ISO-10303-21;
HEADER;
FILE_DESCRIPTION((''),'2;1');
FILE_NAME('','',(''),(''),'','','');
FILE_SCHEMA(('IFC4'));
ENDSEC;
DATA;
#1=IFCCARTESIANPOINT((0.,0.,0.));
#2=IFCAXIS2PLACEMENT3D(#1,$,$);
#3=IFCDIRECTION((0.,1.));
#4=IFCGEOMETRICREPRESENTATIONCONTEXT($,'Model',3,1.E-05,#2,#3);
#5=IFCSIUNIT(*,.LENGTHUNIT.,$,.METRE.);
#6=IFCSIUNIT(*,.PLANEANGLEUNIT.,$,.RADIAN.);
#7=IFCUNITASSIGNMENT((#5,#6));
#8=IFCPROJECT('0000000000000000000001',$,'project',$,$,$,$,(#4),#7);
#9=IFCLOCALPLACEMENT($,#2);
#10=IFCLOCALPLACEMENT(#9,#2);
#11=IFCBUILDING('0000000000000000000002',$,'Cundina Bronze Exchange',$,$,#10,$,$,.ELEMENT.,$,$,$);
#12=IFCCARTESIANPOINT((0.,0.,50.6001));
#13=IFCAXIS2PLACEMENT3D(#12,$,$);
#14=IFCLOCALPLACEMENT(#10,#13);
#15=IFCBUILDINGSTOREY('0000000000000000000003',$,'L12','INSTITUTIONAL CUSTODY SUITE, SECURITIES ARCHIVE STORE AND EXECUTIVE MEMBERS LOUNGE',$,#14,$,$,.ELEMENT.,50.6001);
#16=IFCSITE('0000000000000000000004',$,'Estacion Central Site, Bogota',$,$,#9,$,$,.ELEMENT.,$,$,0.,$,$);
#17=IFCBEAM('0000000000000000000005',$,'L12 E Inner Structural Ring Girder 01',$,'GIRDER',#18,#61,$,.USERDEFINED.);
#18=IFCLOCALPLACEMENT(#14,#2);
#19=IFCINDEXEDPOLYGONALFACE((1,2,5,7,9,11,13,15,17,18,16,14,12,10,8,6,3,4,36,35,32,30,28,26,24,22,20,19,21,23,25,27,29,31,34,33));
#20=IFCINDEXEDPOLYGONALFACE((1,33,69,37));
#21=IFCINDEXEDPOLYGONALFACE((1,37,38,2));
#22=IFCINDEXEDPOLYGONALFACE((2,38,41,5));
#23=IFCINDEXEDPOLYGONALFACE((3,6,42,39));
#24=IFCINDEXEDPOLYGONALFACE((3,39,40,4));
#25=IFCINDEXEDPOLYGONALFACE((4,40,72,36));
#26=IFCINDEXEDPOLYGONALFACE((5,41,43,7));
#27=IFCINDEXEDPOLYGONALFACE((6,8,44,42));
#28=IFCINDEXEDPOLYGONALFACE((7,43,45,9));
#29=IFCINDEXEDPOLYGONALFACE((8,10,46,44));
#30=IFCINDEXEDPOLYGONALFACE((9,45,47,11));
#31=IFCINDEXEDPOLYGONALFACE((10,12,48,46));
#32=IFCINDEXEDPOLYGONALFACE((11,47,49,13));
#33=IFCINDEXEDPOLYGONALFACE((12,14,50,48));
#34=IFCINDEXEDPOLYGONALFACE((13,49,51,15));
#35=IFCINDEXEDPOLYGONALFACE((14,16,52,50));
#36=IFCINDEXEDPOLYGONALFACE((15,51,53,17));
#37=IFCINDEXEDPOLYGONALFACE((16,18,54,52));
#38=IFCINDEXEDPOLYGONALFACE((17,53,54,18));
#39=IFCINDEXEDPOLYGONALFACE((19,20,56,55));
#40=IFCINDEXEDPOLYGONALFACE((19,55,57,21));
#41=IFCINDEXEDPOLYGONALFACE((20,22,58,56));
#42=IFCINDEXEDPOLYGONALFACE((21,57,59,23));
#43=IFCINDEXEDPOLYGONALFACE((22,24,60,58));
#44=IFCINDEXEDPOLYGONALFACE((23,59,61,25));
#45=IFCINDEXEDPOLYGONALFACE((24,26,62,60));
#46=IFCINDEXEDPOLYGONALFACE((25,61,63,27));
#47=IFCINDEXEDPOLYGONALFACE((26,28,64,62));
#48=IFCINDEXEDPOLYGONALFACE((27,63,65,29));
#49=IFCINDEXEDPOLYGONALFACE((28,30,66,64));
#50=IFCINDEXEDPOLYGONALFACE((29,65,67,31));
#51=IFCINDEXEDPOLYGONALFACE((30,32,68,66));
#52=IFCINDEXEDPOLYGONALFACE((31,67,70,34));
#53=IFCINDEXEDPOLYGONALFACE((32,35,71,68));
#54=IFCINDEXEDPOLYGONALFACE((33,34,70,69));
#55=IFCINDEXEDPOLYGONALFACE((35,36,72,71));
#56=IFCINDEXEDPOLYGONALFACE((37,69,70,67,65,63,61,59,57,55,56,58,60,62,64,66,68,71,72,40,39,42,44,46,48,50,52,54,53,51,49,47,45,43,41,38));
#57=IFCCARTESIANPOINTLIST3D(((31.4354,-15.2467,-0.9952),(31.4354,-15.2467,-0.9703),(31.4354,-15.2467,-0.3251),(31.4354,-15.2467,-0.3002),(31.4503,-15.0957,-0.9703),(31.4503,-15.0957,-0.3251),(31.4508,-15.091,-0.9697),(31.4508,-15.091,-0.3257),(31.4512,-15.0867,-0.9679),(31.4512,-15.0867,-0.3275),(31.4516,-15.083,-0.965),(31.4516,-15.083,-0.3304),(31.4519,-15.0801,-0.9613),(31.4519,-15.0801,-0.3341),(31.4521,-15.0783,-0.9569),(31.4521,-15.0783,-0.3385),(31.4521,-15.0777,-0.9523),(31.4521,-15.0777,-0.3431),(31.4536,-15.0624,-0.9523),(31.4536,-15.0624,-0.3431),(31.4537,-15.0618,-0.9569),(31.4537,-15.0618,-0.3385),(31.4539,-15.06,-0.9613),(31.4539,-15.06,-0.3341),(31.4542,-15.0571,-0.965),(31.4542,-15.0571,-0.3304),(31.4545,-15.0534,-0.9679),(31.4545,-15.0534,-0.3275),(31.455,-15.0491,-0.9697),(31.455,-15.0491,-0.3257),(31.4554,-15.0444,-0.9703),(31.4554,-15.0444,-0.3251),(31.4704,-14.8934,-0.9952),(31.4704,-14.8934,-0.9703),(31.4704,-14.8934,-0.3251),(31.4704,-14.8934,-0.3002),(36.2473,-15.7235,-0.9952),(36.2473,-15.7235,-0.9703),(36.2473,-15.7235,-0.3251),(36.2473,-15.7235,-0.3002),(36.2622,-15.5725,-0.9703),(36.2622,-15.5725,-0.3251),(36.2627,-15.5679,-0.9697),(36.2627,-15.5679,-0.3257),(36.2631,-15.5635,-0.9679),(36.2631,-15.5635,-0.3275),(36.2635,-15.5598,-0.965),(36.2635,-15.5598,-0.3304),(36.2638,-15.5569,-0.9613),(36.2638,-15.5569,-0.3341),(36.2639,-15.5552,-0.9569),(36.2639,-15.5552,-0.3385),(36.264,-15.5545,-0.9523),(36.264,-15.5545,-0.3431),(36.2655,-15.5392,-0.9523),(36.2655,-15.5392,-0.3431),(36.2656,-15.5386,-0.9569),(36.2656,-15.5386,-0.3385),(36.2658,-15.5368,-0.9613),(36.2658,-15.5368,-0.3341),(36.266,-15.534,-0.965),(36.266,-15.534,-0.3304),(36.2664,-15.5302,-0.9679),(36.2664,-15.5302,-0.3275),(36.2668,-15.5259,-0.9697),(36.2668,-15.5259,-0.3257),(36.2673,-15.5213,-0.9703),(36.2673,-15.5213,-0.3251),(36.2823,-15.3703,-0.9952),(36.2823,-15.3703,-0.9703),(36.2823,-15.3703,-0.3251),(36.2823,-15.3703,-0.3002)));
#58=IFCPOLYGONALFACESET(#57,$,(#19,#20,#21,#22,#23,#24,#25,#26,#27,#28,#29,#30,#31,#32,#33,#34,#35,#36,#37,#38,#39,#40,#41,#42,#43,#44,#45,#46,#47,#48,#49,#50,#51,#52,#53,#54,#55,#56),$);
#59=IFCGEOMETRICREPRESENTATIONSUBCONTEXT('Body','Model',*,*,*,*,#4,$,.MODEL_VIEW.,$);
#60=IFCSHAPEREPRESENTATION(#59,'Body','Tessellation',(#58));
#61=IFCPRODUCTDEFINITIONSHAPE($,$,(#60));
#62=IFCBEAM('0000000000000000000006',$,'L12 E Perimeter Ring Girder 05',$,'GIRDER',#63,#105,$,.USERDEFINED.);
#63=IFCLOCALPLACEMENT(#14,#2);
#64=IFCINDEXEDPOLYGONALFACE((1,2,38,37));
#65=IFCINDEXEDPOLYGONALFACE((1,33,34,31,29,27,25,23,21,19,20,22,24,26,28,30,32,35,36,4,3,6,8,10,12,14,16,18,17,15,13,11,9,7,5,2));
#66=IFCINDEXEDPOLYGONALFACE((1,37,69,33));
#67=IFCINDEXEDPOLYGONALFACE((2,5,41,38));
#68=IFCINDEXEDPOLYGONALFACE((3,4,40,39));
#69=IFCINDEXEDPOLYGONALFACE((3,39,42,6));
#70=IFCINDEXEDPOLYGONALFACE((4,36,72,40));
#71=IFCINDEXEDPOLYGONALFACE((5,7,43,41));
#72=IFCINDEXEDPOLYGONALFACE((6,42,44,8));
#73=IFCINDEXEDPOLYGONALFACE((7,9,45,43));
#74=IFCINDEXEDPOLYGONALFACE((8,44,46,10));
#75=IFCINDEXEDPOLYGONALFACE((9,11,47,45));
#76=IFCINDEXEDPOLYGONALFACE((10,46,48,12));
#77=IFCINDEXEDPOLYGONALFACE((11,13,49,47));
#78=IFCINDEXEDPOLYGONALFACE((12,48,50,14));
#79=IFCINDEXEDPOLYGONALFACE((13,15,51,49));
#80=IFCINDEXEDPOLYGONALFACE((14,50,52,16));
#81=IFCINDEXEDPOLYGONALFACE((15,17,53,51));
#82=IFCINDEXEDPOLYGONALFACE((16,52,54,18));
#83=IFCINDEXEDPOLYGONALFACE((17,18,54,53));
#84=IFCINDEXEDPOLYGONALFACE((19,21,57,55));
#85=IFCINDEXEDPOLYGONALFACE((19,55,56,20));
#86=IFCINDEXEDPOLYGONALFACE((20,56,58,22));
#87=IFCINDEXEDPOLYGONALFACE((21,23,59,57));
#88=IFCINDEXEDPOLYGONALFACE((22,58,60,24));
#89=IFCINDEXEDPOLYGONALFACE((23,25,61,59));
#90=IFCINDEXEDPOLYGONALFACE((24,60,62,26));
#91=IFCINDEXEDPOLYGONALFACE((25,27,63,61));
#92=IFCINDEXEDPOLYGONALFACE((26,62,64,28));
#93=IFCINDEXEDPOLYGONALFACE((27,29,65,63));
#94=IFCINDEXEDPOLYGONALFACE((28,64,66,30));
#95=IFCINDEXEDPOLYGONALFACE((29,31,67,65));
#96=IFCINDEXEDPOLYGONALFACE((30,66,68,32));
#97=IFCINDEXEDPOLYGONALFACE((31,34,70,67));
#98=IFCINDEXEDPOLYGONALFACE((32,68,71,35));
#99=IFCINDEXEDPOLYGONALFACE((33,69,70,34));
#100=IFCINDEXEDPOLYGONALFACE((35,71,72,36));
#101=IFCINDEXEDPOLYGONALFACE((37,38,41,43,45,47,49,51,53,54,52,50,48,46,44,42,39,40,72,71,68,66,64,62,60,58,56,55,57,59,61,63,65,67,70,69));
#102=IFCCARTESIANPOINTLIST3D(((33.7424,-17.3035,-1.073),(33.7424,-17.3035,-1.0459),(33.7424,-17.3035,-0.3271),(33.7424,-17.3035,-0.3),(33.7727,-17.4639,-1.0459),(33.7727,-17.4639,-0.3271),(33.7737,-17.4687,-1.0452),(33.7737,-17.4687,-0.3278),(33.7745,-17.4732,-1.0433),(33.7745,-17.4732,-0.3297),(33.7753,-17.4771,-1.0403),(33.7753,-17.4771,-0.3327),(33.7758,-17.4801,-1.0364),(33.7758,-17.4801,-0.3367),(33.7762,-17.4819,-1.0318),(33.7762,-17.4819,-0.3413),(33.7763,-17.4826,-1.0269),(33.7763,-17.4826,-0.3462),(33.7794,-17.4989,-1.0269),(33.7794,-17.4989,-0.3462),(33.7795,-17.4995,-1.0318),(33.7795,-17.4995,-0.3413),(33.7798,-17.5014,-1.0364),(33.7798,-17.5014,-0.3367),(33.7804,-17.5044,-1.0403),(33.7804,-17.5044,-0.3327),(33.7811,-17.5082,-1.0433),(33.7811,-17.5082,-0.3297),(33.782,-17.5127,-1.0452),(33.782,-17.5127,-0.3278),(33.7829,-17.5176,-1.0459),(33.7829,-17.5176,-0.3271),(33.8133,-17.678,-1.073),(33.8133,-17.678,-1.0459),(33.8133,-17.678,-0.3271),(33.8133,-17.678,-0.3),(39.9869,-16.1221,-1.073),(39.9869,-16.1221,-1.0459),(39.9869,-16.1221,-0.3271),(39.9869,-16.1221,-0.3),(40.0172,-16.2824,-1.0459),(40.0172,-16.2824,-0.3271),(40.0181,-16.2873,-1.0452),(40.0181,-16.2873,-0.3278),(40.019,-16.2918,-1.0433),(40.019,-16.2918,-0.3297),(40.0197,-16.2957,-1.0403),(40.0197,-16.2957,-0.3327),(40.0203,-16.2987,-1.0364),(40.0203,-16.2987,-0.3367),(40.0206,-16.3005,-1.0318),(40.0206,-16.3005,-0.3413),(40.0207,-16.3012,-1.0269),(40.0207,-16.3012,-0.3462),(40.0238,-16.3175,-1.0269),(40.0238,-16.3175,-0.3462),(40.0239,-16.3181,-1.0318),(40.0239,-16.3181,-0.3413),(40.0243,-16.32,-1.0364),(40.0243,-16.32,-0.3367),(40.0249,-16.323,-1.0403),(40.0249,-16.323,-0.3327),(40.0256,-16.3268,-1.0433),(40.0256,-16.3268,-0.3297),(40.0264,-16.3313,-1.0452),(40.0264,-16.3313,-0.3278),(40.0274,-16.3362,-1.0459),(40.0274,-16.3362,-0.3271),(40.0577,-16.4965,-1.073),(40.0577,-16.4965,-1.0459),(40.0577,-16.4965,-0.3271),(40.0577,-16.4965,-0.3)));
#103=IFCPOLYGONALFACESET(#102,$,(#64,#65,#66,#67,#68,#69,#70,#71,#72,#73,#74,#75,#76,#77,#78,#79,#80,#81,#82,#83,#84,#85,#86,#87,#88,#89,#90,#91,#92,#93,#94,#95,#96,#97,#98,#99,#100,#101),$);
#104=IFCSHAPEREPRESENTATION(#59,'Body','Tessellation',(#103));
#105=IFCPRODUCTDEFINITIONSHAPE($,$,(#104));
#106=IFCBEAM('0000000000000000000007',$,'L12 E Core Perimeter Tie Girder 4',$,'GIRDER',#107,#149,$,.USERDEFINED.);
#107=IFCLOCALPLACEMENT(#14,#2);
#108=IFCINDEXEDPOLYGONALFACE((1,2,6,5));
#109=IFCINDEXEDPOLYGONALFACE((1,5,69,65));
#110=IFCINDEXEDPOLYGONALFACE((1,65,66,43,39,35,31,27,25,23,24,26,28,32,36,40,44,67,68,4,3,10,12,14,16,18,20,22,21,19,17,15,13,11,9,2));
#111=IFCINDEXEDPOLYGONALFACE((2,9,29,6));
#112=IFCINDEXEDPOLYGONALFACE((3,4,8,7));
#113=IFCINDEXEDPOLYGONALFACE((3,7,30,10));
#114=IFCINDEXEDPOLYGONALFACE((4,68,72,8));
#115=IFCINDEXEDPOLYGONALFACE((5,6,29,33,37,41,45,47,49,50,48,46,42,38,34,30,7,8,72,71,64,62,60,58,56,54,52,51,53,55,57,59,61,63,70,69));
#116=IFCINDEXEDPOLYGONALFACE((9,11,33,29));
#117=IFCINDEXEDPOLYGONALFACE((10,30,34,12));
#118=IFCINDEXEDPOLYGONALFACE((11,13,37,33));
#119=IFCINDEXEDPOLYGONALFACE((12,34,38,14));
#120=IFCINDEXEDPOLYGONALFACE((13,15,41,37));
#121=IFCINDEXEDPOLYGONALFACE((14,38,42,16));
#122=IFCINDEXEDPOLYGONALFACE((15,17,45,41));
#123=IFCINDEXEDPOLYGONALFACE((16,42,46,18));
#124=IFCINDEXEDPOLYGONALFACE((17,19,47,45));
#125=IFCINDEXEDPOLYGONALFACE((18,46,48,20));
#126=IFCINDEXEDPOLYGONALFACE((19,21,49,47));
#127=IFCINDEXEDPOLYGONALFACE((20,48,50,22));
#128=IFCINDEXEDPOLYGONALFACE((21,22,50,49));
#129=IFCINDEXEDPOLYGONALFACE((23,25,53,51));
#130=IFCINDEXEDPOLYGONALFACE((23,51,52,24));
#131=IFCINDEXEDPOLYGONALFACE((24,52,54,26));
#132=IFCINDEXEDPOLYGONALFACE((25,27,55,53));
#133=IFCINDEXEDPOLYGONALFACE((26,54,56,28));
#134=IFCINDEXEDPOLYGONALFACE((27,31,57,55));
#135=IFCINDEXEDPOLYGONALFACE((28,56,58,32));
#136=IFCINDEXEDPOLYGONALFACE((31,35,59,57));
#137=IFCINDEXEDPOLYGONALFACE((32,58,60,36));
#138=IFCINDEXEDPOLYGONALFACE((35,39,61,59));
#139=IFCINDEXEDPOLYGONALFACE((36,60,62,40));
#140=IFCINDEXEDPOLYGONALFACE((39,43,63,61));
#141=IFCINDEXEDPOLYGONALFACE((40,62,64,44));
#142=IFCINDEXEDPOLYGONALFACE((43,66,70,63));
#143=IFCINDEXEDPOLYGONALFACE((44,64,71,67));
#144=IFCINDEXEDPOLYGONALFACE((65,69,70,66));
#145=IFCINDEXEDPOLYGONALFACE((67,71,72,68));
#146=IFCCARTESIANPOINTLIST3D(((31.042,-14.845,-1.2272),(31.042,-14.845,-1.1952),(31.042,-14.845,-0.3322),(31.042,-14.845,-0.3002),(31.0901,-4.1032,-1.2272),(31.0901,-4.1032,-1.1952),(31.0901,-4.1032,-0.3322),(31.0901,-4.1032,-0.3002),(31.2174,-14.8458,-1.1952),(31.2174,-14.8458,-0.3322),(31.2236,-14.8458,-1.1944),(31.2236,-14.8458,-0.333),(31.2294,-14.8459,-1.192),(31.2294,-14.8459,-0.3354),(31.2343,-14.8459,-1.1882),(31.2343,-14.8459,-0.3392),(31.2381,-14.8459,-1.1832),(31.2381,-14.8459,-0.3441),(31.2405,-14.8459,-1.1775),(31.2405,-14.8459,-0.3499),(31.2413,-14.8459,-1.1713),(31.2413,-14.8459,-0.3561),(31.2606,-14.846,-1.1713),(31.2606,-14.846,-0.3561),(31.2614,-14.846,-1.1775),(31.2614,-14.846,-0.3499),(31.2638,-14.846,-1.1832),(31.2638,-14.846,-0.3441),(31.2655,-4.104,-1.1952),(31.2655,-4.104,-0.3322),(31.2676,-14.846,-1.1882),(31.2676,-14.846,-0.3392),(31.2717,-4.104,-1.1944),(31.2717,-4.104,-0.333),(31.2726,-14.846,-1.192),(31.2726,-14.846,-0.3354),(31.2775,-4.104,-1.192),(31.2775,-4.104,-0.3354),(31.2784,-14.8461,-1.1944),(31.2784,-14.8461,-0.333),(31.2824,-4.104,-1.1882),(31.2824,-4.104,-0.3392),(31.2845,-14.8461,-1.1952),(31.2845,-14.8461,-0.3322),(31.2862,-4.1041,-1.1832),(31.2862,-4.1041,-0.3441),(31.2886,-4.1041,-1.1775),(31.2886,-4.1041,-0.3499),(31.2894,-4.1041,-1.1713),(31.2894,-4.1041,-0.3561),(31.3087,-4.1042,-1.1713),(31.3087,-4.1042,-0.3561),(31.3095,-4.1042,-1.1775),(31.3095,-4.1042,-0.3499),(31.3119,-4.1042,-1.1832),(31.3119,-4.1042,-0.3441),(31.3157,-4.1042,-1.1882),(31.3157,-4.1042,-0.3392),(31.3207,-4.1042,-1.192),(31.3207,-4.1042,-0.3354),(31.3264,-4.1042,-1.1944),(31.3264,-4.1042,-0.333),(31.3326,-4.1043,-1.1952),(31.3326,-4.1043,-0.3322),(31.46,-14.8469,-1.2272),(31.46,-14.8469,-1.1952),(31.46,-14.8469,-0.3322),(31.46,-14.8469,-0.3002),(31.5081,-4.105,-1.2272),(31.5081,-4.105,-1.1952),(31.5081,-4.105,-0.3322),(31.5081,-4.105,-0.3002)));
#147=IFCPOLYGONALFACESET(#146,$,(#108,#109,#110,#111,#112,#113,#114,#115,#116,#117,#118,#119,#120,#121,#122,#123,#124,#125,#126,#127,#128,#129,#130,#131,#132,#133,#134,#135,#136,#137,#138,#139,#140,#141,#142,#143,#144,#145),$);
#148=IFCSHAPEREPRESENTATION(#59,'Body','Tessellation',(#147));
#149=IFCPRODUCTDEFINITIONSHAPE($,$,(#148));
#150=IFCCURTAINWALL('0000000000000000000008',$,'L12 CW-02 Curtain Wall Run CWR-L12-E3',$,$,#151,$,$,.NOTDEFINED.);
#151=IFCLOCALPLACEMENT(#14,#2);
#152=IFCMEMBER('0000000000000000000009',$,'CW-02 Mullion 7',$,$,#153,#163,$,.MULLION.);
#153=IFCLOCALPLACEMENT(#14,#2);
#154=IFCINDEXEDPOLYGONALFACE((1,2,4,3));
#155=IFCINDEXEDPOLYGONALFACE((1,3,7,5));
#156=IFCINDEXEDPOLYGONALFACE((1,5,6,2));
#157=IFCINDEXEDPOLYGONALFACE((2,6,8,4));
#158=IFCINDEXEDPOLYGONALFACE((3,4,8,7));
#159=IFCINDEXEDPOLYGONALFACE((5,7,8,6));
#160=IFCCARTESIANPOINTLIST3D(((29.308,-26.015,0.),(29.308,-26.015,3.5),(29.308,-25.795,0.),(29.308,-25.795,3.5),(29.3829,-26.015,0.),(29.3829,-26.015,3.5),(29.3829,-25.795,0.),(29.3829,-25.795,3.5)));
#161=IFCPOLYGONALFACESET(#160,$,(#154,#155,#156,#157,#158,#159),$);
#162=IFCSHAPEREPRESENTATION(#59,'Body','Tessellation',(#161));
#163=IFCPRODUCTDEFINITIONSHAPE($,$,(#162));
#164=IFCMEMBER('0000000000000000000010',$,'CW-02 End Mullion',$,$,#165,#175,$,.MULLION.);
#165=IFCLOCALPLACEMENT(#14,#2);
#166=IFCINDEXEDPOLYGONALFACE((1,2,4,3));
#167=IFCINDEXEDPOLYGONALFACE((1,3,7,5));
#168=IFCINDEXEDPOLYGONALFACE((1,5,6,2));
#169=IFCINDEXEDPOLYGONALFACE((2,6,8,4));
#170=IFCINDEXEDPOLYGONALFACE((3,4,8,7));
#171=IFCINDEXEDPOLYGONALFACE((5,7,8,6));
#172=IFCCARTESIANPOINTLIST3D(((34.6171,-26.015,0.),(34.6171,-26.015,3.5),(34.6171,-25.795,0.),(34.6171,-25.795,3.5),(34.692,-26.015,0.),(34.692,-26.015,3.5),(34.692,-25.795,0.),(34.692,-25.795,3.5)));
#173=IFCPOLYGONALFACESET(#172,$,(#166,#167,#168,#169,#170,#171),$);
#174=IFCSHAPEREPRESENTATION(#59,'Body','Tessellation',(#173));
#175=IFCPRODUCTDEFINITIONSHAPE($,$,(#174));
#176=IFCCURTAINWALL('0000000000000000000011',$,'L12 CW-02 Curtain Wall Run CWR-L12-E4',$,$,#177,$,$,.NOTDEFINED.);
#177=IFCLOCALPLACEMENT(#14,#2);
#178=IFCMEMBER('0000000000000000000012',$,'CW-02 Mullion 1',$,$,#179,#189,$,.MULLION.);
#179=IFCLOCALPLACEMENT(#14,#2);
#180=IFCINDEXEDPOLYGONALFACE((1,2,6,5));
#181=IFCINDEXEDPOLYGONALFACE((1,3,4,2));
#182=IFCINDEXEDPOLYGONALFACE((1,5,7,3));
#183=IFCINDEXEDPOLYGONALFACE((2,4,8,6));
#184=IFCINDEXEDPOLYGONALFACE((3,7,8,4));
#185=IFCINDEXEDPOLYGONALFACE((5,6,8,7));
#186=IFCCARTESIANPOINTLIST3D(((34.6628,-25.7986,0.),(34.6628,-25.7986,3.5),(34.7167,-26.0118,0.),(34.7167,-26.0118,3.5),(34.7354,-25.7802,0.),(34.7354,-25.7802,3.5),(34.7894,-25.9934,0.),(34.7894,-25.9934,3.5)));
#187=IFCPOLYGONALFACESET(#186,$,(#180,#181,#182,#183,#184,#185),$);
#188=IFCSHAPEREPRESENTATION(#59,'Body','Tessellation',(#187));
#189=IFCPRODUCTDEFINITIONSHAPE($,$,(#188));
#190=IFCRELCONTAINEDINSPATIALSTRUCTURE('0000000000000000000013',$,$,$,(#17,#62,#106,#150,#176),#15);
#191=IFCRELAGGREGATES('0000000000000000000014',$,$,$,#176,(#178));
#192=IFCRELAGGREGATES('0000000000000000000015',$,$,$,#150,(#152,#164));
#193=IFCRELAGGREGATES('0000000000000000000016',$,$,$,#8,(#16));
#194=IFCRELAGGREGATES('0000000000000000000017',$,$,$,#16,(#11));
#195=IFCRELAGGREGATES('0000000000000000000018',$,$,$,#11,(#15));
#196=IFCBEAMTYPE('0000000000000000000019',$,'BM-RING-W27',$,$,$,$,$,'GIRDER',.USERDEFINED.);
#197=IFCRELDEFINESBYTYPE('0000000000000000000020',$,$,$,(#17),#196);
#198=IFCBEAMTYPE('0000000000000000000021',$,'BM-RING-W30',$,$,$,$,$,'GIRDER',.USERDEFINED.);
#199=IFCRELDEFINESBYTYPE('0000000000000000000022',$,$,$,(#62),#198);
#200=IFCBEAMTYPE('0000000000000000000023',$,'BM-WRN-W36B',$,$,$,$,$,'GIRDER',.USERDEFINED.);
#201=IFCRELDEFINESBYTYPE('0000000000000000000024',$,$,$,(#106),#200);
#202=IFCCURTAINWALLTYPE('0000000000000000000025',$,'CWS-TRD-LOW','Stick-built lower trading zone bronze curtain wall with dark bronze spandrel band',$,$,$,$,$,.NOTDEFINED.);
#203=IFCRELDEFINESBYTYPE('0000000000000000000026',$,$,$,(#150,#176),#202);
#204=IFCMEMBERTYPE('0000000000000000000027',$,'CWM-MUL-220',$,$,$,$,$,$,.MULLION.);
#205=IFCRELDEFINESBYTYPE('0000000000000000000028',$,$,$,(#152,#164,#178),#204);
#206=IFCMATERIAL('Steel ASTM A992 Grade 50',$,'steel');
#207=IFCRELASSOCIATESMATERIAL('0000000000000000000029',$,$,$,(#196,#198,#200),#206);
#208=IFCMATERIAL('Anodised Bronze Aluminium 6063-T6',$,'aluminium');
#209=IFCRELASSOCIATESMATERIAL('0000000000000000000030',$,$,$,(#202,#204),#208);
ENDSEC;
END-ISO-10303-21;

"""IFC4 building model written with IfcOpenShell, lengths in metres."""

from ifc_helpers import new_model, si_unit, direction, frame, origin, origin_2d, place, context, subcontext, project, spatial, rectangle, i_section, extrude, material, material_profile, profile_set, type_object, element, aggregate, save


model = new_model("IFC4")

# Units and contexts
model_context = context("Model", 3, precision=1e-05, world=origin(), true_north=direction((0.0, 1.0)))
body_context = subcontext(model_context, "Body", "Model", "MODEL_VIEW")
ifc_project = project(units=[si_unit("LENGTHUNIT", "METRE"), si_unit("PLANEANGLEUNIT", "RADIAN")], contexts=[model_context])

# Site, building, storey
site_placement = place(None, origin())
site = spatial("IfcSite", under=ifc_project, at=site_placement, Name="Estacion Central Site, Bogota", CompositionType="ELEMENT", RefElevation=0.0)
building_placement = place(site_placement, origin())
building = spatial("IfcBuilding", under=site, at=building_placement, Name="Cundina Bronze Exchange", CompositionType="ELEMENT")
storey_placement = place(building_placement, frame((0.0, 0.0, 50.6001)))
storey = spatial("IfcBuildingStorey", under=building, at=storey_placement, Name="L12", Description="INSTITUTIONAL CUSTODY SUITE, SECURITIES ARCHIVE STORE AND EXECUTIVE MEMBERS LOUNGE", CompositionType="ELEMENT", Elevation=50.6001)

# Shared definitions
ifc_material_1 = material(Name="Steel ASTM A992 Grade 50", Category="steel")

# Beams
ifc_material_profile_1 = material_profile(ifc_material_1, i_section(OverallWidth=0.355, OverallDepth=0.6951, WebThickness=0.0154, FlangeThickness=0.0249, FilletRadius=0.0181, at=origin_2d()), Name="W27X146", Category="steel")
ifc_profile_set_1 = profile_set([ifc_material_profile_1], Name="Steel ASTM A992 Grade 50")
beam_type_1 = type_object("IfcBeamType", Name="BM-RING-W27", ElementType="GIRDER", PredefinedType="USERDEFINED", material=ifc_profile_set_1)
beam_1_placement = place(storey_placement, frame((31.4529, -15.0701, -0.6477), z_axis=(0.995126, -0.098609, 0.0), x_axis=(0.098609, 0.995126, 0.0)))
element("IfcBeam", 1, at=beam_1_placement, inside=storey, type_object=beam_type_1, Name="L12 E Inner Structural Ring Girder 01", ObjectType="GIRDER", PredefinedType="USERDEFINED", context=body_context, shape_type="SweptSolid", body=[
    extrude(i_section(OverallWidth=0.355, OverallDepth=0.6951, WebThickness=0.0154, FlangeThickness=0.0249, FilletRadius=0.0181, at=origin_2d()), origin(), (0.0, 0.0, 1.0), 4.8354),
])
ifc_material_profile_2 = material_profile(ifc_material_1, i_section(OverallWidth=0.3811, OverallDepth=0.7729, WebThickness=0.0166, FlangeThickness=0.0271, FilletRadius=0.019, at=origin_2d()), Name="W30X173", Category="steel")
ifc_profile_set_2 = profile_set([ifc_material_profile_2], Name="Steel ASTM A992 Grade 50")
beam_type_2 = type_object("IfcBeamType", Name="BM-RING-W30", ElementType="GIRDER", PredefinedType="USERDEFINED", material=ifc_profile_set_2)
beam_2_placement = place(storey_placement, frame((33.7778, -17.4907, -0.6865), z_axis=(0.982569, 0.185896, 0.0), x_axis=(-0.185896, 0.982569, 0.0)))
element("IfcBeam", 2, at=beam_2_placement, inside=storey, type_object=beam_type_2, Name="L12 E Perimeter Ring Girder 05", ObjectType="GIRDER", PredefinedType="USERDEFINED", context=body_context, shape_type="SweptSolid", body=[
    extrude(i_section(OverallWidth=0.3811, OverallDepth=0.7729, WebThickness=0.0166, FlangeThickness=0.0271, FilletRadius=0.019, at=origin_2d()), origin(), (0.0, 0.0, 1.0), 6.3552),
])
ifc_material_profile_3 = material_profile(ifc_material_1, i_section(OverallWidth=0.418, OverallDepth=0.927, WebThickness=0.0193, FlangeThickness=0.032, FilletRadius=0.0239, at=origin_2d()), Name="W36X231", Category="steel")
ifc_profile_set_3 = profile_set([ifc_material_profile_3], Name="Steel ASTM A992 Grade 50")
beam_type_3 = type_object("IfcBeamType", Name="BM-WRN-W36B", ElementType="GIRDER", PredefinedType="USERDEFINED", material=ifc_profile_set_3)
beam_3_placement = place(storey_placement, frame((31.251, -14.8459, -0.7637), z_axis=(0.004477, 0.99999, 0.0), x_axis=(-0.99999, 0.004477, 0.0)))
element("IfcBeam", 3, at=beam_3_placement, inside=storey, type_object=beam_type_3, Name="L12 E Core Perimeter Tie Girder 4", ObjectType="GIRDER", PredefinedType="USERDEFINED", context=body_context, shape_type="SweptSolid", body=[
    extrude(i_section(OverallWidth=0.418, OverallDepth=0.927, WebThickness=0.0193, FlangeThickness=0.032, FilletRadius=0.0239, at=origin_2d()), origin(), (0.0, 0.0, 1.0), 10.7419),
])

# Curtain wall, members
ifc_material_2 = material(Name="Anodised Bronze Aluminium 6063-T6", Category="aluminium")
curtain_wall_type = type_object("IfcCurtainWallType", Name="CWS-TRD-LOW", Description="Stick-built lower trading zone bronze curtain wall with dark bronze spandrel band", PredefinedType="NOTDEFINED", material=ifc_material_2)
curtain_wall_1_placement = place(storey_placement, origin())
curtain_wall_1 = element("IfcCurtainWall", 4, at=curtain_wall_1_placement, inside=storey, type_object=curtain_wall_type, Name="L12 CW-02 Curtain Wall Run CWR-L12-E3", PredefinedType="NOTDEFINED")
ifc_material_profile_4 = material_profile(ifc_material_2, rectangle(XDim=0.075, YDim=0.22, at=origin_2d()), Name="AL75X220", Category="aluminium")
ifc_profile_set_4 = profile_set([ifc_material_profile_4], Name="Anodised Bronze Aluminium 6063-T6")
member_type_1 = type_object("IfcMemberType", Name="CWM-MUL-220", PredefinedType="MULLION", material=ifc_profile_set_4)
member_1_placement = place(storey_placement, frame((29.3455, -25.905, 0.0), z_axis=(0.0, 0.0, 1.0), x_axis=(1.0, 0.0, 0.0)))
member_1 = element("IfcMember", 5, at=member_1_placement, type_object=member_type_1, Name="CW-02 Mullion 7", PredefinedType="MULLION", context=body_context, shape_type="SweptSolid", body=[
    extrude(rectangle(XDim=0.075, YDim=0.22, at=origin_2d()), origin(), (0.0, 0.0, 1.0), 3.5),
])
member_2_placement = place(storey_placement, frame((34.6545, -25.905, 0.0), z_axis=(0.0, 0.0, 1.0), x_axis=(1.0, 0.0, 0.0)))
member_2 = element("IfcMember", 6, at=member_2_placement, type_object=member_type_1, Name="CW-02 End Mullion", PredefinedType="MULLION", context=body_context, shape_type="SweptSolid", body=[
    extrude(rectangle(XDim=0.075, YDim=0.22, at=origin_2d()), origin(), (0.0, 0.0, 1.0), 3.5),
])

# Curtain wall, member
curtain_wall_2_placement = place(storey_placement, origin())
curtain_wall_2 = element("IfcCurtainWall", 7, at=curtain_wall_2_placement, inside=storey, type_object=curtain_wall_type, Name="L12 CW-02 Curtain Wall Run CWR-L12-E4", PredefinedType="NOTDEFINED")
member_3_placement = place(storey_placement, frame((34.7261, -25.896, 0.0), z_axis=(0.0, 0.0, 1.0), x_axis=(0.969488, 0.245138, 0.0)))
member_3 = element("IfcMember", 8, at=member_3_placement, type_object=member_type_1, Name="CW-02 Mullion 1", PredefinedType="MULLION", context=body_context, shape_type="SweptSolid", body=[
    extrude(rectangle(XDim=0.075, YDim=0.22, at=origin_2d()), origin(), (0.0, 0.0, 1.0), 3.5),
])
aggregate(curtain_wall_2, [member_3])

aggregate(curtain_wall_1, [member_1, member_2])

save(model, "model.ifc")
